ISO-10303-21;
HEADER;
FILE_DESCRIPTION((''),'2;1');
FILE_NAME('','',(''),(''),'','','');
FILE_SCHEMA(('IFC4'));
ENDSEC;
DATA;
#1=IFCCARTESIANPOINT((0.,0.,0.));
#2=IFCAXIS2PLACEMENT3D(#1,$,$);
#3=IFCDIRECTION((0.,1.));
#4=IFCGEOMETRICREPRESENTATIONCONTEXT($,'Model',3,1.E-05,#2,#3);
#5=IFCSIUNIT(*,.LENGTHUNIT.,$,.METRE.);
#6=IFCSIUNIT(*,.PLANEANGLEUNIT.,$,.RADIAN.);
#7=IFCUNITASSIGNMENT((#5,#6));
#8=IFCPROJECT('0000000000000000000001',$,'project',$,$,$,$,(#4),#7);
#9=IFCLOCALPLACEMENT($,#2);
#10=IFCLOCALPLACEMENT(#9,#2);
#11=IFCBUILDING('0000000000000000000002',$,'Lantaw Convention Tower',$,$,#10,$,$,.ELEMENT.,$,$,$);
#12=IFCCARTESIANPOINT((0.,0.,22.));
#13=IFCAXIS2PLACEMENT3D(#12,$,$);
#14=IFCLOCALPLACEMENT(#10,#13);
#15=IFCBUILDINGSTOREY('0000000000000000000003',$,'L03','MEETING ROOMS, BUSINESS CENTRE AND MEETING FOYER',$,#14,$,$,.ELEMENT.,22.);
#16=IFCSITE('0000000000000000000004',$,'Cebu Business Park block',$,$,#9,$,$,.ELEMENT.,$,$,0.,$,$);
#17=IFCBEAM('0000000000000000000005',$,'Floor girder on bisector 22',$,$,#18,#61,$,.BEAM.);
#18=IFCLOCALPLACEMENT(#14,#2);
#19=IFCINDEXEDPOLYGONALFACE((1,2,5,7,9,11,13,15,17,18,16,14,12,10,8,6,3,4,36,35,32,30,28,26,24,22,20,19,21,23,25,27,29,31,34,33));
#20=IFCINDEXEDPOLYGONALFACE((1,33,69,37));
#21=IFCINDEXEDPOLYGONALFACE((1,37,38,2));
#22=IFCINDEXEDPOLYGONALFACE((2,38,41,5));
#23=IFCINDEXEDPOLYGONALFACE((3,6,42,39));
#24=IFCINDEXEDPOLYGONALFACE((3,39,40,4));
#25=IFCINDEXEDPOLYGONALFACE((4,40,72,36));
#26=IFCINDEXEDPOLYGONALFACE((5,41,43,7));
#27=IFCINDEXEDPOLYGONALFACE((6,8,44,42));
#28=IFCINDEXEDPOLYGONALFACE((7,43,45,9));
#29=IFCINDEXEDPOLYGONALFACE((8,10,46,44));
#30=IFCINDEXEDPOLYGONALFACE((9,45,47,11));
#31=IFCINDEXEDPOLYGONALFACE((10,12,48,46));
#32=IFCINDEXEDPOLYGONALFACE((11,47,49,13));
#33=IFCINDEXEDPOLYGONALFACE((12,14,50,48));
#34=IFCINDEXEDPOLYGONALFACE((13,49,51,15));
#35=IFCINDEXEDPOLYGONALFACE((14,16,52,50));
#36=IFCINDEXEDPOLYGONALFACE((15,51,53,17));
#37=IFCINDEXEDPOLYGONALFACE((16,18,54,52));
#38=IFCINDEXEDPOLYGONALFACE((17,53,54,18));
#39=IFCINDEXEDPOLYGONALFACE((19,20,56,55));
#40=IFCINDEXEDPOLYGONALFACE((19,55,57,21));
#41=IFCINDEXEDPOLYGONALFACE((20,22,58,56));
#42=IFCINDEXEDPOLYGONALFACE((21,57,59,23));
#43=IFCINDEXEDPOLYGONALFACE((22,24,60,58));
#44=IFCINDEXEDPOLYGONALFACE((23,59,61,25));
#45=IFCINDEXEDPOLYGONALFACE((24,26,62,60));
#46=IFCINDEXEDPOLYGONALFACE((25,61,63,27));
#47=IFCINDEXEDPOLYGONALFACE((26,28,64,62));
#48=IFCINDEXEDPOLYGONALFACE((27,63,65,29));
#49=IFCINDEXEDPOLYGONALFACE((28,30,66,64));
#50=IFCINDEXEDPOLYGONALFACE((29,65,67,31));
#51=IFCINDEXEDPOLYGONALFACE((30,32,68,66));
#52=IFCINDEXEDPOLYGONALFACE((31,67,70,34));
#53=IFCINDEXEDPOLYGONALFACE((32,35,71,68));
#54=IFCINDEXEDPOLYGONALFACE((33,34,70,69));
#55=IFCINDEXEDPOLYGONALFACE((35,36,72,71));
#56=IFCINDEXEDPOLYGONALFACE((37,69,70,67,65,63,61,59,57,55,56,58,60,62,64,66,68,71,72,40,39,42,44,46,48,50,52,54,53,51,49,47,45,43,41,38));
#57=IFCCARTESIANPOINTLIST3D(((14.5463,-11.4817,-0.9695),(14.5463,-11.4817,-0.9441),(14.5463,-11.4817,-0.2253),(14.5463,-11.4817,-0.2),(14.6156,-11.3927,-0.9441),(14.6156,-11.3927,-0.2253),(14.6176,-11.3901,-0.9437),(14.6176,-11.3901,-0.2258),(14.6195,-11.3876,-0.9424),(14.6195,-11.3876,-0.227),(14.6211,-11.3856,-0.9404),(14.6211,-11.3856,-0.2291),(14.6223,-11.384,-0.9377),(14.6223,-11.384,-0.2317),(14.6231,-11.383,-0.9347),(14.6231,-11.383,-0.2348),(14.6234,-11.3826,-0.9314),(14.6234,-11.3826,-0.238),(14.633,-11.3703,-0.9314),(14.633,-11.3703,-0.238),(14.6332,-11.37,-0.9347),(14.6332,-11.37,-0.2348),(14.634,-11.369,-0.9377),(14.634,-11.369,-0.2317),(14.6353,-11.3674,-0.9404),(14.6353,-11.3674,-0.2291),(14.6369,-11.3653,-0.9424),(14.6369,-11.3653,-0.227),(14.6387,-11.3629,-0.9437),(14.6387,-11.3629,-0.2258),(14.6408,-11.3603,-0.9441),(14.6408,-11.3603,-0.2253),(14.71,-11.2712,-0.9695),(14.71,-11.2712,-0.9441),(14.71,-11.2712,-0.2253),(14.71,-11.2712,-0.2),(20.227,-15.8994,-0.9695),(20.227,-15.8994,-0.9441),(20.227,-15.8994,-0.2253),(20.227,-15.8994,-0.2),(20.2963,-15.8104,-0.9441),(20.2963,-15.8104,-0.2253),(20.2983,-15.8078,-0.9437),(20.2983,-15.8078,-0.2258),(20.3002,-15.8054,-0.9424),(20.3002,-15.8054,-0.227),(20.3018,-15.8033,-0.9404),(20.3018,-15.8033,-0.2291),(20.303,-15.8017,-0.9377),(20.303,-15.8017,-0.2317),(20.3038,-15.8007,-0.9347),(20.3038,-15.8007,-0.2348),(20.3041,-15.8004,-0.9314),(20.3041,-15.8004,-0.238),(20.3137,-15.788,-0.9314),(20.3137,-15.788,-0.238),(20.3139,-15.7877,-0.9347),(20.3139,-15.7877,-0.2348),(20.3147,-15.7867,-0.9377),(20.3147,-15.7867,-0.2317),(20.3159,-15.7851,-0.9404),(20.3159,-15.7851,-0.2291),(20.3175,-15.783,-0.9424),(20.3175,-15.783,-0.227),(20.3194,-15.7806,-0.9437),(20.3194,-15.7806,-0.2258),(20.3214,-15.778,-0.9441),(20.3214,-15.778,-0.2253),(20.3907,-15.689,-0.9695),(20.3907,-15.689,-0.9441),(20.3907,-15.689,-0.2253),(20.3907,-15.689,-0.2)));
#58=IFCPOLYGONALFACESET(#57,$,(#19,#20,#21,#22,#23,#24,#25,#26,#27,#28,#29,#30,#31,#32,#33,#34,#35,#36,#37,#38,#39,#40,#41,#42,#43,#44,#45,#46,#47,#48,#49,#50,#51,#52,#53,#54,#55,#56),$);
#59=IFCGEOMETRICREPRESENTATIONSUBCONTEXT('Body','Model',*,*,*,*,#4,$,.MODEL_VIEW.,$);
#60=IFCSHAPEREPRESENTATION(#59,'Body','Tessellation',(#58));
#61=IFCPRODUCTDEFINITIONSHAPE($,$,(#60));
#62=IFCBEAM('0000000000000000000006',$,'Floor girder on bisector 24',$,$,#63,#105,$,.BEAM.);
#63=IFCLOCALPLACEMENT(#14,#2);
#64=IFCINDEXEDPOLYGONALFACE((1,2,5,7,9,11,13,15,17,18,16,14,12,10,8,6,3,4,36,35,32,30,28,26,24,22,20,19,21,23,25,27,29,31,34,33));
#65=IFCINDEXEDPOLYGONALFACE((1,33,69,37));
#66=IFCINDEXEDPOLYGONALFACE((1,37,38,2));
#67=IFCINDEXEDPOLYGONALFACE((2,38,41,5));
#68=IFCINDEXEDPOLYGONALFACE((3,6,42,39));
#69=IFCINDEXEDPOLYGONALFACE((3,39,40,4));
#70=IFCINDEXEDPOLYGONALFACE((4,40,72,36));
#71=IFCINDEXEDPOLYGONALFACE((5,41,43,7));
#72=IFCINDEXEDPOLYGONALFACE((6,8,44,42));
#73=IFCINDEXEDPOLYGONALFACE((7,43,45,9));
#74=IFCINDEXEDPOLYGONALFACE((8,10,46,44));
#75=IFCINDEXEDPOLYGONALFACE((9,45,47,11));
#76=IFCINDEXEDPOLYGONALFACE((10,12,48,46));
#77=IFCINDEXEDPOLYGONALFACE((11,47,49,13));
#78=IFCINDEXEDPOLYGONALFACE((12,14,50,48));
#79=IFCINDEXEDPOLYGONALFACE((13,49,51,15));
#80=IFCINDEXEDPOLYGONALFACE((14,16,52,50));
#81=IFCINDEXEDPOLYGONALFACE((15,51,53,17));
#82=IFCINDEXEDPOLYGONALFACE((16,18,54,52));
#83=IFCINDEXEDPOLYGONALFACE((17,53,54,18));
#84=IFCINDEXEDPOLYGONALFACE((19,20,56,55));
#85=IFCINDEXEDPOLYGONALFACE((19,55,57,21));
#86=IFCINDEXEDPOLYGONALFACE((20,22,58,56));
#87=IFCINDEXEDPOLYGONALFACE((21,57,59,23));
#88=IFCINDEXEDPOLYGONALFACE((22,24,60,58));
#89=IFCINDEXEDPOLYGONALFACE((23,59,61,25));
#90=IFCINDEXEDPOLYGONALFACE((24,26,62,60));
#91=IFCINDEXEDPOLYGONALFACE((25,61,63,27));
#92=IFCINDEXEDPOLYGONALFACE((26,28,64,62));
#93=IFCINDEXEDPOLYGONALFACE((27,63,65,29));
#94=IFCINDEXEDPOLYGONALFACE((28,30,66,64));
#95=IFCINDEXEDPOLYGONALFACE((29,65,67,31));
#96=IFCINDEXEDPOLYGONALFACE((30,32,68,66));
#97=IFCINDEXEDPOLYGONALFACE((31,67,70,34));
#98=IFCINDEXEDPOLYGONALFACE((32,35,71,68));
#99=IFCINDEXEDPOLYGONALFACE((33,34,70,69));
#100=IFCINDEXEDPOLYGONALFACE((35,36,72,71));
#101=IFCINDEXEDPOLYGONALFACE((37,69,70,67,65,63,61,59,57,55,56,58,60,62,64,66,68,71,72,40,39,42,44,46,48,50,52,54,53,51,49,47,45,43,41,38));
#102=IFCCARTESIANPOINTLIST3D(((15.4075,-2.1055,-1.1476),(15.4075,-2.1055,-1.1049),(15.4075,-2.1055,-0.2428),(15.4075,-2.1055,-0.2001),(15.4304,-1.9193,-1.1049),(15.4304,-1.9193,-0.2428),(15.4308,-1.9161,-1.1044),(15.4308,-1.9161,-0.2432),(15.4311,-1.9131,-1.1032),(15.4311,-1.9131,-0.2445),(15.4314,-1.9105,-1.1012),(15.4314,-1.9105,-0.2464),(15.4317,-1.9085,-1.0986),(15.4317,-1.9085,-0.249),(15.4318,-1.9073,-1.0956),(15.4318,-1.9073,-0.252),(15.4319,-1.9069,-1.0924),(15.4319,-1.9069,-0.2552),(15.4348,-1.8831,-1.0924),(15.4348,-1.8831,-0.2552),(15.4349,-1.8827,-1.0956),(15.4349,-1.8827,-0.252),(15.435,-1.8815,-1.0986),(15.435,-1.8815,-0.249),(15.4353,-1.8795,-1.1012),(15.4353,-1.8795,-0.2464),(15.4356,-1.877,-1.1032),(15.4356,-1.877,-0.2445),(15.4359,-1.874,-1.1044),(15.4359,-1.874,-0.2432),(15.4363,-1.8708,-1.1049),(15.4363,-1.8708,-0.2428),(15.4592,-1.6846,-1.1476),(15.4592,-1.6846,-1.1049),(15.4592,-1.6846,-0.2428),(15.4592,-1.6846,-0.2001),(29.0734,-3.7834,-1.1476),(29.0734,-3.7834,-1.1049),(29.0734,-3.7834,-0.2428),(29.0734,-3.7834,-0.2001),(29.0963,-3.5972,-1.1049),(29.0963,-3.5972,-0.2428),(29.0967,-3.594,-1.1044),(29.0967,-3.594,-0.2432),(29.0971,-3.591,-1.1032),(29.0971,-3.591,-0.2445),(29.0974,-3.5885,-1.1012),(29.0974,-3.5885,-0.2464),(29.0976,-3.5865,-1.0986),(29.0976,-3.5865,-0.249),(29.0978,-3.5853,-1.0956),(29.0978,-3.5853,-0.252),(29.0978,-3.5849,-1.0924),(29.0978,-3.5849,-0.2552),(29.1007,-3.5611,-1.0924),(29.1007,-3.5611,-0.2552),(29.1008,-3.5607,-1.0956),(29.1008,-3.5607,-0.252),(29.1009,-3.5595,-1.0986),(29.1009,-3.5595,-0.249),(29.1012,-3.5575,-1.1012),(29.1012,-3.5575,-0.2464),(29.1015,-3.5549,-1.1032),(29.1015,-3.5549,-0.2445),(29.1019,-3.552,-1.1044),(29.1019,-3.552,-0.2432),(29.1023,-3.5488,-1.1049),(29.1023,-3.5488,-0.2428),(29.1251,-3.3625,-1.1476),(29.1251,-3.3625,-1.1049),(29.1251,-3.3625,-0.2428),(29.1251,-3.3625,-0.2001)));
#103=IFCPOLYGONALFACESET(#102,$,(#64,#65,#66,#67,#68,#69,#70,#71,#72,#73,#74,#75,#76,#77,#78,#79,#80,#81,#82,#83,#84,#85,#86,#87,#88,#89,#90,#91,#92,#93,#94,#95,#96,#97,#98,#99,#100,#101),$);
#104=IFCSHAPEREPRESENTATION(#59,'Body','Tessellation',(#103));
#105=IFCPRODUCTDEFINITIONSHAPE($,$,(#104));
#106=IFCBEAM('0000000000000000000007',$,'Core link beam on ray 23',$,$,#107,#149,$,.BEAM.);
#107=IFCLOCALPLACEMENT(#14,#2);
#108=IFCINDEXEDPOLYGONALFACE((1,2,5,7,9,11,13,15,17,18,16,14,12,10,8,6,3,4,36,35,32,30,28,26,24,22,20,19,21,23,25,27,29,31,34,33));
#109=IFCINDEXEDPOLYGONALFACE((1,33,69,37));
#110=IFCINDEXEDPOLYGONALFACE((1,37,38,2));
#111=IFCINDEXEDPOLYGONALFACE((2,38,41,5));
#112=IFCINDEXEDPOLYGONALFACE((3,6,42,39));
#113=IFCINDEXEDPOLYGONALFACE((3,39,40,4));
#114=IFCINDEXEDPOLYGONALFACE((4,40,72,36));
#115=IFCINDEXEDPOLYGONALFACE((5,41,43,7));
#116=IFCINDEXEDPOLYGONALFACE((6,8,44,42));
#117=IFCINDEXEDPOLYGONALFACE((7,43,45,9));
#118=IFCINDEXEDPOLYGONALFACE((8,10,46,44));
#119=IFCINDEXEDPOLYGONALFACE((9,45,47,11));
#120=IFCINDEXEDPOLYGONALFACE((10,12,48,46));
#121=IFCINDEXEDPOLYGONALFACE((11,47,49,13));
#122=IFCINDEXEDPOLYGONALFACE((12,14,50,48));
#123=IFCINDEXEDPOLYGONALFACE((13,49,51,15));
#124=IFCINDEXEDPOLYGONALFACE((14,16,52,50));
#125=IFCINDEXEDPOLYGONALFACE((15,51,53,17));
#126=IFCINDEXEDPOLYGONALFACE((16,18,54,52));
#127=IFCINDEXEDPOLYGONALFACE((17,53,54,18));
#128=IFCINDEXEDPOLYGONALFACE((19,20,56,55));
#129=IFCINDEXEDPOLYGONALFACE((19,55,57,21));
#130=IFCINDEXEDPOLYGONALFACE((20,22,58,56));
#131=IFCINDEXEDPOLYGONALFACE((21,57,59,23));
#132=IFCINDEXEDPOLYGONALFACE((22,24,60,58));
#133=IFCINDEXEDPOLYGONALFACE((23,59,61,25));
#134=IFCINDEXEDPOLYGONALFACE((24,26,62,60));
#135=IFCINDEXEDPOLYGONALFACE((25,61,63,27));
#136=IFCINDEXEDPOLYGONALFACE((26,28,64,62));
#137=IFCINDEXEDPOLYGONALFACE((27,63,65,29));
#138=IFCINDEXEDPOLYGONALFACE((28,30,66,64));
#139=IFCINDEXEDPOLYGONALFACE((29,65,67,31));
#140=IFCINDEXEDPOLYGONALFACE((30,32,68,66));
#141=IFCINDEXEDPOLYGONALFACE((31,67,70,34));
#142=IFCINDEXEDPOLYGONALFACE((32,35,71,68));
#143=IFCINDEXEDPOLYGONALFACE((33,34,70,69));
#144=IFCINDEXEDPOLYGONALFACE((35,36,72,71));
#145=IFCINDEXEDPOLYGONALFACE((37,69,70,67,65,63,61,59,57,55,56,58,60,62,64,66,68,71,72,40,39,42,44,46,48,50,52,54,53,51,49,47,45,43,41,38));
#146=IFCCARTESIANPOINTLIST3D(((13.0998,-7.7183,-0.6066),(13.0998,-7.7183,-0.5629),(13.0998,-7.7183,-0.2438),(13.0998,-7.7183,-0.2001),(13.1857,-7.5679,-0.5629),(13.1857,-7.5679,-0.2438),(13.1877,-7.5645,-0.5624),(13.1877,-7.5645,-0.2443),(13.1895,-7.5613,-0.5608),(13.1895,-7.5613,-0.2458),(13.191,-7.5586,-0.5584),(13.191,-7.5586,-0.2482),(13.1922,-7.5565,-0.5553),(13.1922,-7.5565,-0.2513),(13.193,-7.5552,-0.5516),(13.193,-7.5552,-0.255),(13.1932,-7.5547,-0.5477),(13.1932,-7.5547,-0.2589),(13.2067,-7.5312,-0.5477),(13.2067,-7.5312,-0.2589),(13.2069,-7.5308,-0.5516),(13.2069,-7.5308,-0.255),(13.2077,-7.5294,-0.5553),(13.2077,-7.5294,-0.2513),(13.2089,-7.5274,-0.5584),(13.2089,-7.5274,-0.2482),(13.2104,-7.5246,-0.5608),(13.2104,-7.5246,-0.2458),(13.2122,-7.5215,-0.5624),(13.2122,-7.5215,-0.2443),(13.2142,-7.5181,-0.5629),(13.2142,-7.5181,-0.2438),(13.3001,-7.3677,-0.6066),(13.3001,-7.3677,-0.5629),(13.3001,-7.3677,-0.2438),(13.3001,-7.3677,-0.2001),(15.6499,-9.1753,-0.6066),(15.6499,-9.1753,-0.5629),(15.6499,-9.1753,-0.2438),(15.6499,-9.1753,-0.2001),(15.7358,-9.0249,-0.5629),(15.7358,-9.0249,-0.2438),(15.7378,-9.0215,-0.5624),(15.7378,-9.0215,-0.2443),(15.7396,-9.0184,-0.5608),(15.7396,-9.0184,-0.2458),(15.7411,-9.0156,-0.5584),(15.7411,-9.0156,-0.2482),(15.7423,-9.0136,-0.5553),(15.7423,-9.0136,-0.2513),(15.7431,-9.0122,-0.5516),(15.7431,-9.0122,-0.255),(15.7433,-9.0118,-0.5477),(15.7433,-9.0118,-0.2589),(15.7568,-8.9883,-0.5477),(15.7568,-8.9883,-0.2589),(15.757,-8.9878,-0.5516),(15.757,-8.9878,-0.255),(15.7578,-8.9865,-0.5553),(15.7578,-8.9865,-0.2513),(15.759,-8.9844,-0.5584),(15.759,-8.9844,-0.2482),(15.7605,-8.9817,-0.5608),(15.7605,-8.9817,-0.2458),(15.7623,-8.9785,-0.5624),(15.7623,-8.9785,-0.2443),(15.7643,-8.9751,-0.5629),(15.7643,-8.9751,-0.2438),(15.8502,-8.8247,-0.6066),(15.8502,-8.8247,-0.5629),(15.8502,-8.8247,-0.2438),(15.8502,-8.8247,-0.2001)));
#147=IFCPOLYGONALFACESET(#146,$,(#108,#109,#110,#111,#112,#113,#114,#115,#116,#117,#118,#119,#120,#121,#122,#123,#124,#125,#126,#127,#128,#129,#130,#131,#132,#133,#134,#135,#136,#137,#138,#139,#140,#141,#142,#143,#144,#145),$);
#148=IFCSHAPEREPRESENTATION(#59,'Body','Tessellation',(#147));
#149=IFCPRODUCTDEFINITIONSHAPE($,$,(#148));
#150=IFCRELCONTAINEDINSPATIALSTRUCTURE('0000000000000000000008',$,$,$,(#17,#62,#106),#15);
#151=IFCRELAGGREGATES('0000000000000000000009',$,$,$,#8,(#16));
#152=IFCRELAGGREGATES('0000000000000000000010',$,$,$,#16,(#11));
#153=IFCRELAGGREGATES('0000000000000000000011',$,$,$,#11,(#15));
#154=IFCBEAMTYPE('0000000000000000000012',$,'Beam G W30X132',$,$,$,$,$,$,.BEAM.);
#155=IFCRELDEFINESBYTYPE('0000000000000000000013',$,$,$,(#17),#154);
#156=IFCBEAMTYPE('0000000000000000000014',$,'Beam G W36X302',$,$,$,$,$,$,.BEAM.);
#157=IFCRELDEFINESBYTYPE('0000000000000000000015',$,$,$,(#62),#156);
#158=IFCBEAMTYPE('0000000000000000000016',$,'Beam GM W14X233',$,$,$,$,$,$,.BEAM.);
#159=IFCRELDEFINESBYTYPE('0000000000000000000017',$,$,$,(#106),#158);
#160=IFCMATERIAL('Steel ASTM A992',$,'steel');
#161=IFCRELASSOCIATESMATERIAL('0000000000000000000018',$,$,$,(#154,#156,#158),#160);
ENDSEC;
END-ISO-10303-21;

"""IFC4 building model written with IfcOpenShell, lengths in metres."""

from ifc_helpers import new_model, si_unit, direction, frame, origin, origin_2d, place, context, subcontext, project, spatial, i_section, extrude, material, material_profile, profile_set, type_object, element, save


model = new_model("IFC4")

# Units and contexts
model_context = context("Model", 3, precision=1e-05, world=origin(), true_north=direction((0.0, 1.0)))
body_context = subcontext(model_context, "Body", "Model", "MODEL_VIEW")
ifc_project = project(units=[si_unit("LENGTHUNIT", "METRE"), si_unit("PLANEANGLEUNIT", "RADIAN")], contexts=[model_context])

# Site, building, storey
site_placement = place(None, origin())
site = spatial("IfcSite", under=ifc_project, at=site_placement, Name="Cebu Business Park block", CompositionType="ELEMENT", RefElevation=0.0)
building_placement = place(site_placement, origin())
building = spatial("IfcBuilding", under=site, at=building_placement, Name="Lantaw Convention Tower", CompositionType="ELEMENT")
storey_placement = place(building_placement, frame((0.0, 0.0, 22.0)))
storey = spatial("IfcBuildingStorey", under=building, at=storey_placement, Name="L03", Description="MEETING ROOMS, BUSINESS CENTRE AND MEETING FOYER", CompositionType="ELEMENT", Elevation=22.0)

# Beams
ifc_material_1 = material(Name="Steel ASTM A992", Category="steel")
ifc_material_profile_1 = material_profile(ifc_material_1, i_section(OverallWidth=0.2666, OverallDepth=0.7695, WebThickness=0.0156, FlangeThickness=0.0254, FilletRadius=0.0127, at=origin_2d()), Name="W30X132")
ifc_profile_set_1 = profile_set([ifc_material_profile_1], Name="Steel ASTM A992")
beam_type_1 = type_object("IfcBeamType", Name="Beam G W30X132", PredefinedType="BEAM", material=ifc_profile_set_1)
beam_1_placement = place(storey_placement, frame((14.6282, -11.3765, -0.5847), z_axis=(0.789391, -0.613891, 0.0), x_axis=(0.613891, 0.789391, 0.0)))
element("IfcBeam", 1, at=beam_1_placement, inside=storey, type_object=beam_type_1, Name="Floor girder on bisector 22", PredefinedType="BEAM", context=body_context, shape_type="SweptSolid", body=[
    extrude(i_section(OverallWidth=0.2666, OverallDepth=0.7695, WebThickness=0.0156, FlangeThickness=0.0254, FilletRadius=0.0127, at=origin_2d()), origin(), (0.0, 0.0, 1.0), 7.1963),
])
ifc_material_profile_2 = material_profile(ifc_material_1, i_section(OverallWidth=0.4241, OverallDepth=0.9475, WebThickness=0.0239, FlangeThickness=0.0427, FilletRadius=0.0125, at=origin_2d()), Name="W36X302")
ifc_profile_set_2 = profile_set([ifc_material_profile_2], Name="Steel ASTM A992")
beam_type_2 = type_object("IfcBeamType", Name="Beam G W36X302", PredefinedType="BEAM", material=ifc_profile_set_2)
beam_2_placement = place(storey_placement, frame((15.4333, -1.895, -0.6738), z_axis=(0.992546, -0.12187, 0.0), x_axis=(0.12187, 0.992546, 0.0)))
element("IfcBeam", 2, at=beam_2_placement, inside=storey, type_object=beam_type_2, Name="Floor girder on bisector 24", PredefinedType="BEAM", context=body_context, shape_type="SweptSolid", body=[
    extrude(i_section(OverallWidth=0.4241, OverallDepth=0.9475, WebThickness=0.0239, FlangeThickness=0.0427, FilletRadius=0.0125, at=origin_2d()), origin(), (0.0, 0.0, 1.0), 13.7686),
])
ifc_material_profile_3 = material_profile(ifc_material_1, i_section(OverallWidth=0.4038, OverallDepth=0.4065, WebThickness=0.0271, FlangeThickness=0.0437, FilletRadius=0.0151, at=origin_2d()), Name="W14X233")
ifc_profile_set_3 = profile_set([ifc_material_profile_3], Name="Steel ASTM A992")
beam_type_3 = type_object("IfcBeamType", Name="Beam GM W14X233", PredefinedType="BEAM", material=ifc_profile_set_3)
beam_3_placement = place(storey_placement, frame((13.2, -7.543, -0.4033), z_axis=(0.868264, -0.496103, 0.0), x_axis=(0.496103, 0.868264, 0.0)))
element("IfcBeam", 3, at=beam_3_placement, inside=storey, type_object=beam_type_3, Name="Core link beam on ray 23", PredefinedType="BEAM", context=body_context, shape_type="SweptSolid", body=[
    extrude(i_section(OverallWidth=0.4038, OverallDepth=0.4065, WebThickness=0.0271, FlangeThickness=0.0437, FilletRadius=0.0151, at=origin_2d()), origin(), (0.0, 0.0, 1.0), 2.937),
])

save(model, "model.ifc")
